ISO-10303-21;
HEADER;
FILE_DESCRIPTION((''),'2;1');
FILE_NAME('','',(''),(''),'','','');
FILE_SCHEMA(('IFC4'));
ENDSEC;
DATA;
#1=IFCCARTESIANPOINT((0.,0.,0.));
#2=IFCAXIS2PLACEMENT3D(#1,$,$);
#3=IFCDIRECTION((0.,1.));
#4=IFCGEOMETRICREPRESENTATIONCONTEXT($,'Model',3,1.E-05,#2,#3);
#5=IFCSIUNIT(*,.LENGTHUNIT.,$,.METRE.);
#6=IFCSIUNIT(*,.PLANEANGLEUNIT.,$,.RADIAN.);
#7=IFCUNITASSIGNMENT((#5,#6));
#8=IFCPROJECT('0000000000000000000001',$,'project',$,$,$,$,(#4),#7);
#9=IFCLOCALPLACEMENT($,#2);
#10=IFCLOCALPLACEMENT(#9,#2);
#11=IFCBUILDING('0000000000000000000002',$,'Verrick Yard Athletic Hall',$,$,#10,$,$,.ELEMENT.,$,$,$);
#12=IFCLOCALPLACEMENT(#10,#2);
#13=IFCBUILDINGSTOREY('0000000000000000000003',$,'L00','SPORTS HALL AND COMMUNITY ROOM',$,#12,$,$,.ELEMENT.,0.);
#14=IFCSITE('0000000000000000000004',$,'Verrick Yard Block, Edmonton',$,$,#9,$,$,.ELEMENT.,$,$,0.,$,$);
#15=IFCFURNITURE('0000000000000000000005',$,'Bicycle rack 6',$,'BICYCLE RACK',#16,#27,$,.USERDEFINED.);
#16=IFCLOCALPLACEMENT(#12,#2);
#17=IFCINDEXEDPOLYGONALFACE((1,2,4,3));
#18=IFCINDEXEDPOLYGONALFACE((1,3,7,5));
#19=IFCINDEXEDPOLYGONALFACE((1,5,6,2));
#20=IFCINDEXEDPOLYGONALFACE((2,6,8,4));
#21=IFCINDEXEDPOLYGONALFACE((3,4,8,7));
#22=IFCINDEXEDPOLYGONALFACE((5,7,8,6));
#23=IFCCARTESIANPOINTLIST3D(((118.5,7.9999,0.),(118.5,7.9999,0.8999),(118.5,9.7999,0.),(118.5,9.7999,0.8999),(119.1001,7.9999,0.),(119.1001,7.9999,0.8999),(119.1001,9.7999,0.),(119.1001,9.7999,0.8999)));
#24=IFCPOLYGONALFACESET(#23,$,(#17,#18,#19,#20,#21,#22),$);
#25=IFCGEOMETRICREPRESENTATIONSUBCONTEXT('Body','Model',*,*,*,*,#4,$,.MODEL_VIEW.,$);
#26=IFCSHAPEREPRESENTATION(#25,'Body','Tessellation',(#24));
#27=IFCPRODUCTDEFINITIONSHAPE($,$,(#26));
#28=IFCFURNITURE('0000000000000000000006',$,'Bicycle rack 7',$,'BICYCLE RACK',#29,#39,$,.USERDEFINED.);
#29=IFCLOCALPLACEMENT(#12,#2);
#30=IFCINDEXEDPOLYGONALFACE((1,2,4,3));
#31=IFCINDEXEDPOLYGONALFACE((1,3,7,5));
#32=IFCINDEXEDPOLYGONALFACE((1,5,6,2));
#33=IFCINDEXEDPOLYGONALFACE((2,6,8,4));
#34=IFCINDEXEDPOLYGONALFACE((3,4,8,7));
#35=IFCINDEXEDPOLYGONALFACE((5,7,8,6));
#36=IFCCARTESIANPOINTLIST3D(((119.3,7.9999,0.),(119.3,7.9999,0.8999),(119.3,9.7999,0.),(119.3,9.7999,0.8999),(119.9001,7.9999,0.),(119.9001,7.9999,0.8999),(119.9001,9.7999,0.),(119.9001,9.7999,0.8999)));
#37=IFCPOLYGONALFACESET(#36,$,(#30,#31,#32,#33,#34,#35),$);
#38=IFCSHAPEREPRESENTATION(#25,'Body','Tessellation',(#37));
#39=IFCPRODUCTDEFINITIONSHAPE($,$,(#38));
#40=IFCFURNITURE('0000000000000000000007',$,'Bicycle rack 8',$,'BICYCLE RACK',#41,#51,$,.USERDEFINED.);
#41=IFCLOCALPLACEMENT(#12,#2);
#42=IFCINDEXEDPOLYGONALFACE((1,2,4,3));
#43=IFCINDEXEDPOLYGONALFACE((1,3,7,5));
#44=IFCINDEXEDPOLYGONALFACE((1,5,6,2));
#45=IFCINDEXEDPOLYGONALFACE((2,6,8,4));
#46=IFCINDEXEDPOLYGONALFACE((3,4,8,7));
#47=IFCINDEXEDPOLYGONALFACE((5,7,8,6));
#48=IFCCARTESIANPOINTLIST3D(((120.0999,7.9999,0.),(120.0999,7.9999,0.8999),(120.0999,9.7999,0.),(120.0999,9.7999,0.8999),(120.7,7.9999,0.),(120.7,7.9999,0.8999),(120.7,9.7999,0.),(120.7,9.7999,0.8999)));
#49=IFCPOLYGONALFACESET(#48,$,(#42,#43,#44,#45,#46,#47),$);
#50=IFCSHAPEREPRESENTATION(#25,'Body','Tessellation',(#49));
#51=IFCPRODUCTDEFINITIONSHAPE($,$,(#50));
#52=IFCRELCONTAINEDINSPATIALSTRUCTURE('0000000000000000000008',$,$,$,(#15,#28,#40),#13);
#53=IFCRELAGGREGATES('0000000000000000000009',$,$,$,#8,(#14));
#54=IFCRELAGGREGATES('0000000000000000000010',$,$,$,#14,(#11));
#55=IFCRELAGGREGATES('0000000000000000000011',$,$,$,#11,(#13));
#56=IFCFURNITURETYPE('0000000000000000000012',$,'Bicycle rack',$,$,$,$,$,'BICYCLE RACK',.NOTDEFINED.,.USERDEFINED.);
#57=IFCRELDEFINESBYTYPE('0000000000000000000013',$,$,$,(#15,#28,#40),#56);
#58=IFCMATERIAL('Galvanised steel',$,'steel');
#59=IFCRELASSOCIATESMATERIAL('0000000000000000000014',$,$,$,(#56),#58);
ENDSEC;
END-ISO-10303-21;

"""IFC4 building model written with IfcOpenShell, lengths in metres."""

from ifc_helpers import new_model, si_unit, direction, frame, origin, origin_2d, place, context, subcontext, project, spatial, rectangle, extrude, material, type_object, element, save


model = new_model("IFC4")

# Units and contexts
model_context = context("Model", 3, precision=1e-05, world=origin(), true_north=direction((0.0, 1.0)))
body_context = subcontext(model_context, "Body", "Model", "MODEL_VIEW")
ifc_project = project(units=[si_unit("LENGTHUNIT", "METRE"), si_unit("PLANEANGLEUNIT", "RADIAN")], contexts=[model_context])

# Site, building, storey
site_placement = place(None, origin())
site = spatial("IfcSite", under=ifc_project, at=site_placement, Name="Verrick Yard Block, Edmonton", CompositionType="ELEMENT", RefElevation=0.0)
building_placement = place(site_placement, origin())
building = spatial("IfcBuilding", under=site, at=building_placement, Name="Verrick Yard Athletic Hall", CompositionType="ELEMENT")
storey_placement = place(building_placement, origin())
storey = spatial("IfcBuildingStorey", under=building, at=storey_placement, Name="L00", Description="SPORTS HALL AND COMMUNITY ROOM", CompositionType="ELEMENT", Elevation=0.0)

# Furniture
ifc_material_1 = material(Name="Galvanised steel", Category="steel")
furniture_type = type_object("IfcFurnitureType", Name="Bicycle rack", ElementType="BICYCLE RACK", AssemblyPlace="NOTDEFINED", PredefinedType="USERDEFINED", material=ifc_material_1)
for number, where, z_axis, x_axis, name in (
    (1, (118.8, 8.8999, 0.0), (0.0, 0.0, 1.0), (1.0, 0.0, 0.0), "Bicycle rack 6"),
    (2, (119.6001, 8.8999, 0.0), (0.0, 0.0, 1.0), (1.0, 0.0, 0.0), "Bicycle rack 7"),
    (3, (120.3999, 8.8999, 0.0), (0.0, 0.0, 1.0), (1.0, 0.0, 0.0), "Bicycle rack 8"),
):
    element("IfcFurniture", number, at=place(storey_placement, frame(where, z_axis=z_axis, x_axis=x_axis)), inside=storey, type_object=furniture_type, Name=name, ObjectType="BICYCLE RACK", PredefinedType="USERDEFINED", context=body_context, shape_type="SweptSolid", body=[
        extrude(rectangle(XDim=0.6001, YDim=1.8, at=origin_2d()), origin(), (0.0, 0.0, 1.0), 0.8999),
    ])

save(model, "model.ifc")
